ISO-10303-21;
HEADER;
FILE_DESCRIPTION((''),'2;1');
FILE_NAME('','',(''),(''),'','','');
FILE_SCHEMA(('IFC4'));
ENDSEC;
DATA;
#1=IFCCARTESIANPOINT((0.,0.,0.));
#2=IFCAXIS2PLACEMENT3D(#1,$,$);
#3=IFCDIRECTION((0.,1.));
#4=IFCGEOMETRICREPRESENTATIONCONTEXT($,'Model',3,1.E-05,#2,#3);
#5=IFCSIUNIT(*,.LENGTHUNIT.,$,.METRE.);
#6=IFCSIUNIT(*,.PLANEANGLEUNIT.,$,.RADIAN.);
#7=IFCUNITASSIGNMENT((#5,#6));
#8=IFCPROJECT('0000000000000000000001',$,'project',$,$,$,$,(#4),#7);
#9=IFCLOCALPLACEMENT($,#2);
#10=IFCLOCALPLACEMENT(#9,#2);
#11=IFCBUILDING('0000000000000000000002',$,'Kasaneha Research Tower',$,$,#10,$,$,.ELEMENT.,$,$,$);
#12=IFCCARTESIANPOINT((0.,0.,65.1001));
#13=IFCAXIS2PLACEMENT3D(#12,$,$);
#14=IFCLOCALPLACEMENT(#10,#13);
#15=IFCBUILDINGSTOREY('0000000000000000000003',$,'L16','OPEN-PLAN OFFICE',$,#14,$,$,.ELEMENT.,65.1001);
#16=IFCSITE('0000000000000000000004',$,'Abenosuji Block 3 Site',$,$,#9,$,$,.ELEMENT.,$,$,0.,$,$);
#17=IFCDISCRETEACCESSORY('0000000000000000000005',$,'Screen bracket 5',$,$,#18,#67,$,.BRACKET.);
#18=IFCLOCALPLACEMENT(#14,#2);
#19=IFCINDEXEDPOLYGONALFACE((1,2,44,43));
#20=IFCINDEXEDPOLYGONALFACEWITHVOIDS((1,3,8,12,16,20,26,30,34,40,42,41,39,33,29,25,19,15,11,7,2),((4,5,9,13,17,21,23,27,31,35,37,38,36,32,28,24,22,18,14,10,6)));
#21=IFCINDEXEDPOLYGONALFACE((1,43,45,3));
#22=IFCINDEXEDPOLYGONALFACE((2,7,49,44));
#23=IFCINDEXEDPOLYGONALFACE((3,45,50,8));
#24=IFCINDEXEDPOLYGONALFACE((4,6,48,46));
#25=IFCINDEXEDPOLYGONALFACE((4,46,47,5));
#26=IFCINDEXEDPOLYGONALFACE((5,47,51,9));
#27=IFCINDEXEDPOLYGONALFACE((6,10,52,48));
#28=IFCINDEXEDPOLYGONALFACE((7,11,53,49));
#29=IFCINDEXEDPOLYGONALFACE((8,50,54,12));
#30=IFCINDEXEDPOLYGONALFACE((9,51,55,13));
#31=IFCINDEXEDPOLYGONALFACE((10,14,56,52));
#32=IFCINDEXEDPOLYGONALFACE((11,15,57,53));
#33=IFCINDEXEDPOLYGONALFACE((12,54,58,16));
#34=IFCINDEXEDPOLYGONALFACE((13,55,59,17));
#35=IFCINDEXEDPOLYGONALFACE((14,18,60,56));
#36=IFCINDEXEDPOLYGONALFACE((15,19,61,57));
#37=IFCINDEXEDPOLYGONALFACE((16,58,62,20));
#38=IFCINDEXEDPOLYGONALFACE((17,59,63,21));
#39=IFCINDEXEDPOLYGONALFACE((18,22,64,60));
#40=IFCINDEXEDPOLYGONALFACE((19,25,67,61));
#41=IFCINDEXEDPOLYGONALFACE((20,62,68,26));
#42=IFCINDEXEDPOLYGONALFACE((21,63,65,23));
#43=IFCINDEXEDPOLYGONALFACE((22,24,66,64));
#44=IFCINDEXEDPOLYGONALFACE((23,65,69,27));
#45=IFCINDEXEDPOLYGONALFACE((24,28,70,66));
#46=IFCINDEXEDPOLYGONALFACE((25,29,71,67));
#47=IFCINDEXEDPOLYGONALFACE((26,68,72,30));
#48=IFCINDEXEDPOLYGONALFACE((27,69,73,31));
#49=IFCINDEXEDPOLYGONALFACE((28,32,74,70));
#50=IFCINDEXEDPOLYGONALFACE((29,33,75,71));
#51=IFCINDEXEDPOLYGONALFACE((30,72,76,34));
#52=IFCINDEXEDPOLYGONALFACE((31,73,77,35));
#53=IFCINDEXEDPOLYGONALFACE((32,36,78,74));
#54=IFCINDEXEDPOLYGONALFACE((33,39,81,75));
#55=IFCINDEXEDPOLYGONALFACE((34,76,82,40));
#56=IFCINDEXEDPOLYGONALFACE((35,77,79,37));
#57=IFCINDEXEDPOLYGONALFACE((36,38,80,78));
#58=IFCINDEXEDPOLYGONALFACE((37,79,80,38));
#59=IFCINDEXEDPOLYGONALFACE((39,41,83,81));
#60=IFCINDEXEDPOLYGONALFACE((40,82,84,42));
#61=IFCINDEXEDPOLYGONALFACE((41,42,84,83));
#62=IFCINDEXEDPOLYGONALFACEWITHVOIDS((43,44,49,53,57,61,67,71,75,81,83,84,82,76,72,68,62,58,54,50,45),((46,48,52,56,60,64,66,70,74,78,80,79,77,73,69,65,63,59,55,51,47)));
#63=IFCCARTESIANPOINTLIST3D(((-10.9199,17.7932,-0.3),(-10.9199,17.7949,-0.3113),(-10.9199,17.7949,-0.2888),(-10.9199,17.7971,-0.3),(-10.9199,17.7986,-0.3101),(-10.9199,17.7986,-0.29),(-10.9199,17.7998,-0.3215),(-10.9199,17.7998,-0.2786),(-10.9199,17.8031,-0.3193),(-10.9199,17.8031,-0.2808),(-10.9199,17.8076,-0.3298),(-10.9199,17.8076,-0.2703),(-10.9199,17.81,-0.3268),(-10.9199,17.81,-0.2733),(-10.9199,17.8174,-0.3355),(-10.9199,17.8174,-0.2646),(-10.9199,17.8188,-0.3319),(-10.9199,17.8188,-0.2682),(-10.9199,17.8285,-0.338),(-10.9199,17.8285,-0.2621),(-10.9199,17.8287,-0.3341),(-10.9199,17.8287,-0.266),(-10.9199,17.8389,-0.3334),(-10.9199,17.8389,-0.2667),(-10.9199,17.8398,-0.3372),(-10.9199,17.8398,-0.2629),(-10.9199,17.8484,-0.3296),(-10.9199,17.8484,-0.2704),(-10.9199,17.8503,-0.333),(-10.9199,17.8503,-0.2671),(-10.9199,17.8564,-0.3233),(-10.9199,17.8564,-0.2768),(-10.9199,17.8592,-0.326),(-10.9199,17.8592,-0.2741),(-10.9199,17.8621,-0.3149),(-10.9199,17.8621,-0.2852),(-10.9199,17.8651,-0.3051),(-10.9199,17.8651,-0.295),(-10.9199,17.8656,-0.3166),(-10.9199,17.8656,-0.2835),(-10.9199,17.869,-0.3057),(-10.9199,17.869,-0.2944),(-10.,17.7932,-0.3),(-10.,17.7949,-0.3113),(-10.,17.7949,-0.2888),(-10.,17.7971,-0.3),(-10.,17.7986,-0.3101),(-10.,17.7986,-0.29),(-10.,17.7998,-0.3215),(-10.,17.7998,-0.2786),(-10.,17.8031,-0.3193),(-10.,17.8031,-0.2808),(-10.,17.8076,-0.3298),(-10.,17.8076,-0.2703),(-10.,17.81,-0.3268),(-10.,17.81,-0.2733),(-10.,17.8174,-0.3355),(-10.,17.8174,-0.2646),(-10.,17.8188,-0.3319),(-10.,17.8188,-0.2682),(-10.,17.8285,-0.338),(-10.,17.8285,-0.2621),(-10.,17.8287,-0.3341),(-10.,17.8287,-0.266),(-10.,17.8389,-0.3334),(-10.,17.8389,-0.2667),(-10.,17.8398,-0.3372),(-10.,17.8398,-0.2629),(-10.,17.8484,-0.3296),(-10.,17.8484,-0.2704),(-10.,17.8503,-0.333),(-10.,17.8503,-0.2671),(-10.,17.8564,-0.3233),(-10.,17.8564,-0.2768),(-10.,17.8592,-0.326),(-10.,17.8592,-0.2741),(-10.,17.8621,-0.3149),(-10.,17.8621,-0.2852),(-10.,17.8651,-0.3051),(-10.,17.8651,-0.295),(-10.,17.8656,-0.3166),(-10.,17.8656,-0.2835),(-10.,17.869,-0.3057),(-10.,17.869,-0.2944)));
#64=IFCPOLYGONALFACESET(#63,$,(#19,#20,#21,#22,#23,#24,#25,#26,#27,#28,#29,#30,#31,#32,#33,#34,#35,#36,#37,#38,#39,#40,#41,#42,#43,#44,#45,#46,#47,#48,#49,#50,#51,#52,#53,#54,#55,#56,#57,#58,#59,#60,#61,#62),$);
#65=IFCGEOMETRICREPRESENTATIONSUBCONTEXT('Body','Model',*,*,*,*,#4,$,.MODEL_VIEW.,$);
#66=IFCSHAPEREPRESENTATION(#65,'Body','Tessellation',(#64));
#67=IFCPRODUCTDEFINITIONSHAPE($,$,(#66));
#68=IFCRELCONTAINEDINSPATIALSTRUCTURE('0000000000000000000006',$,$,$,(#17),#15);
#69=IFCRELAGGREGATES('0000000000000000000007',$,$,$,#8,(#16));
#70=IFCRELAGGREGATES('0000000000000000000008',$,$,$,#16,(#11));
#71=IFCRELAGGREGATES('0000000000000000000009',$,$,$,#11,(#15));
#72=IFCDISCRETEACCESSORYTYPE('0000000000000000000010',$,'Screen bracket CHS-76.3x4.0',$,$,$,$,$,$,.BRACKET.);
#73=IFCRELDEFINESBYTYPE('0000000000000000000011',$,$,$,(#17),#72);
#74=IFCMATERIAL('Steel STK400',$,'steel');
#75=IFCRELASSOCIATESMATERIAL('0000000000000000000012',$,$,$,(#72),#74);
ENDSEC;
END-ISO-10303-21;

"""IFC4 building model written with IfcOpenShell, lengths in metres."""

from ifc_helpers import new_model, si_unit, direction, frame, origin, origin_2d, place, context, subcontext, project, spatial, hollow_circle, extrude, material, material_profile, profile_set, type_object, element, save


model = new_model("IFC4")

# Units and contexts
model_context = context("Model", 3, precision=1e-05, world=origin(), true_north=direction((0.0, 1.0)))
body_context = subcontext(model_context, "Body", "Model", "MODEL_VIEW")
ifc_project = project(units=[si_unit("LENGTHUNIT", "METRE"), si_unit("PLANEANGLEUNIT", "RADIAN")], contexts=[model_context])

# Site, building, storey
site_placement = place(None, origin())
site = spatial("IfcSite", under=ifc_project, at=site_placement, Name="Abenosuji Block 3 Site", CompositionType="ELEMENT", RefElevation=0.0)
building_placement = place(site_placement, origin())
building = spatial("IfcBuilding", under=site, at=building_placement, Name="Kasaneha Research Tower", CompositionType="ELEMENT")
storey_placement = place(building_placement, frame((0.0, 0.0, 65.1001)))
storey = spatial("IfcBuildingStorey", under=building, at=storey_placement, Name="L16", Description="OPEN-PLAN OFFICE", CompositionType="ELEMENT", Elevation=65.1001)

# Discrete accessory
ifc_material_1 = material(Name="Steel STK400", Category="steel")
ifc_material_profile_1 = material_profile(ifc_material_1, hollow_circle(Radius=0.0381, WallThickness=0.0039, at=origin_2d()), Name="CHS-76.3x4.0")
ifc_profile_set_1 = profile_set([ifc_material_profile_1], Name="Steel STK400")
discrete_accessory_type = type_object("IfcDiscreteAccessoryType", Name="Screen bracket CHS-76.3x4.0", PredefinedType="BRACKET", material=ifc_profile_set_1)
for number, where, z_axis, x_axis, name in (
    (1, (-10.0, 17.8313, -0.3), (-1.0, 0.0, 0.0), (0.0, -1.0, 0.0), "Screen bracket 5"),
):
    element("IfcDiscreteAccessory", number, at=place(storey_placement, frame(where, z_axis=z_axis, x_axis=x_axis)), inside=storey, type_object=discrete_accessory_type, Name=name, PredefinedType="BRACKET", context=body_context, shape_type="SweptSolid", body=[
        extrude(hollow_circle(Radius=0.0381, WallThickness=0.0039, at=origin_2d()), origin(), (0.0, 0.0, 1.0), 0.9199),
    ])

save(model, "model.ifc")
